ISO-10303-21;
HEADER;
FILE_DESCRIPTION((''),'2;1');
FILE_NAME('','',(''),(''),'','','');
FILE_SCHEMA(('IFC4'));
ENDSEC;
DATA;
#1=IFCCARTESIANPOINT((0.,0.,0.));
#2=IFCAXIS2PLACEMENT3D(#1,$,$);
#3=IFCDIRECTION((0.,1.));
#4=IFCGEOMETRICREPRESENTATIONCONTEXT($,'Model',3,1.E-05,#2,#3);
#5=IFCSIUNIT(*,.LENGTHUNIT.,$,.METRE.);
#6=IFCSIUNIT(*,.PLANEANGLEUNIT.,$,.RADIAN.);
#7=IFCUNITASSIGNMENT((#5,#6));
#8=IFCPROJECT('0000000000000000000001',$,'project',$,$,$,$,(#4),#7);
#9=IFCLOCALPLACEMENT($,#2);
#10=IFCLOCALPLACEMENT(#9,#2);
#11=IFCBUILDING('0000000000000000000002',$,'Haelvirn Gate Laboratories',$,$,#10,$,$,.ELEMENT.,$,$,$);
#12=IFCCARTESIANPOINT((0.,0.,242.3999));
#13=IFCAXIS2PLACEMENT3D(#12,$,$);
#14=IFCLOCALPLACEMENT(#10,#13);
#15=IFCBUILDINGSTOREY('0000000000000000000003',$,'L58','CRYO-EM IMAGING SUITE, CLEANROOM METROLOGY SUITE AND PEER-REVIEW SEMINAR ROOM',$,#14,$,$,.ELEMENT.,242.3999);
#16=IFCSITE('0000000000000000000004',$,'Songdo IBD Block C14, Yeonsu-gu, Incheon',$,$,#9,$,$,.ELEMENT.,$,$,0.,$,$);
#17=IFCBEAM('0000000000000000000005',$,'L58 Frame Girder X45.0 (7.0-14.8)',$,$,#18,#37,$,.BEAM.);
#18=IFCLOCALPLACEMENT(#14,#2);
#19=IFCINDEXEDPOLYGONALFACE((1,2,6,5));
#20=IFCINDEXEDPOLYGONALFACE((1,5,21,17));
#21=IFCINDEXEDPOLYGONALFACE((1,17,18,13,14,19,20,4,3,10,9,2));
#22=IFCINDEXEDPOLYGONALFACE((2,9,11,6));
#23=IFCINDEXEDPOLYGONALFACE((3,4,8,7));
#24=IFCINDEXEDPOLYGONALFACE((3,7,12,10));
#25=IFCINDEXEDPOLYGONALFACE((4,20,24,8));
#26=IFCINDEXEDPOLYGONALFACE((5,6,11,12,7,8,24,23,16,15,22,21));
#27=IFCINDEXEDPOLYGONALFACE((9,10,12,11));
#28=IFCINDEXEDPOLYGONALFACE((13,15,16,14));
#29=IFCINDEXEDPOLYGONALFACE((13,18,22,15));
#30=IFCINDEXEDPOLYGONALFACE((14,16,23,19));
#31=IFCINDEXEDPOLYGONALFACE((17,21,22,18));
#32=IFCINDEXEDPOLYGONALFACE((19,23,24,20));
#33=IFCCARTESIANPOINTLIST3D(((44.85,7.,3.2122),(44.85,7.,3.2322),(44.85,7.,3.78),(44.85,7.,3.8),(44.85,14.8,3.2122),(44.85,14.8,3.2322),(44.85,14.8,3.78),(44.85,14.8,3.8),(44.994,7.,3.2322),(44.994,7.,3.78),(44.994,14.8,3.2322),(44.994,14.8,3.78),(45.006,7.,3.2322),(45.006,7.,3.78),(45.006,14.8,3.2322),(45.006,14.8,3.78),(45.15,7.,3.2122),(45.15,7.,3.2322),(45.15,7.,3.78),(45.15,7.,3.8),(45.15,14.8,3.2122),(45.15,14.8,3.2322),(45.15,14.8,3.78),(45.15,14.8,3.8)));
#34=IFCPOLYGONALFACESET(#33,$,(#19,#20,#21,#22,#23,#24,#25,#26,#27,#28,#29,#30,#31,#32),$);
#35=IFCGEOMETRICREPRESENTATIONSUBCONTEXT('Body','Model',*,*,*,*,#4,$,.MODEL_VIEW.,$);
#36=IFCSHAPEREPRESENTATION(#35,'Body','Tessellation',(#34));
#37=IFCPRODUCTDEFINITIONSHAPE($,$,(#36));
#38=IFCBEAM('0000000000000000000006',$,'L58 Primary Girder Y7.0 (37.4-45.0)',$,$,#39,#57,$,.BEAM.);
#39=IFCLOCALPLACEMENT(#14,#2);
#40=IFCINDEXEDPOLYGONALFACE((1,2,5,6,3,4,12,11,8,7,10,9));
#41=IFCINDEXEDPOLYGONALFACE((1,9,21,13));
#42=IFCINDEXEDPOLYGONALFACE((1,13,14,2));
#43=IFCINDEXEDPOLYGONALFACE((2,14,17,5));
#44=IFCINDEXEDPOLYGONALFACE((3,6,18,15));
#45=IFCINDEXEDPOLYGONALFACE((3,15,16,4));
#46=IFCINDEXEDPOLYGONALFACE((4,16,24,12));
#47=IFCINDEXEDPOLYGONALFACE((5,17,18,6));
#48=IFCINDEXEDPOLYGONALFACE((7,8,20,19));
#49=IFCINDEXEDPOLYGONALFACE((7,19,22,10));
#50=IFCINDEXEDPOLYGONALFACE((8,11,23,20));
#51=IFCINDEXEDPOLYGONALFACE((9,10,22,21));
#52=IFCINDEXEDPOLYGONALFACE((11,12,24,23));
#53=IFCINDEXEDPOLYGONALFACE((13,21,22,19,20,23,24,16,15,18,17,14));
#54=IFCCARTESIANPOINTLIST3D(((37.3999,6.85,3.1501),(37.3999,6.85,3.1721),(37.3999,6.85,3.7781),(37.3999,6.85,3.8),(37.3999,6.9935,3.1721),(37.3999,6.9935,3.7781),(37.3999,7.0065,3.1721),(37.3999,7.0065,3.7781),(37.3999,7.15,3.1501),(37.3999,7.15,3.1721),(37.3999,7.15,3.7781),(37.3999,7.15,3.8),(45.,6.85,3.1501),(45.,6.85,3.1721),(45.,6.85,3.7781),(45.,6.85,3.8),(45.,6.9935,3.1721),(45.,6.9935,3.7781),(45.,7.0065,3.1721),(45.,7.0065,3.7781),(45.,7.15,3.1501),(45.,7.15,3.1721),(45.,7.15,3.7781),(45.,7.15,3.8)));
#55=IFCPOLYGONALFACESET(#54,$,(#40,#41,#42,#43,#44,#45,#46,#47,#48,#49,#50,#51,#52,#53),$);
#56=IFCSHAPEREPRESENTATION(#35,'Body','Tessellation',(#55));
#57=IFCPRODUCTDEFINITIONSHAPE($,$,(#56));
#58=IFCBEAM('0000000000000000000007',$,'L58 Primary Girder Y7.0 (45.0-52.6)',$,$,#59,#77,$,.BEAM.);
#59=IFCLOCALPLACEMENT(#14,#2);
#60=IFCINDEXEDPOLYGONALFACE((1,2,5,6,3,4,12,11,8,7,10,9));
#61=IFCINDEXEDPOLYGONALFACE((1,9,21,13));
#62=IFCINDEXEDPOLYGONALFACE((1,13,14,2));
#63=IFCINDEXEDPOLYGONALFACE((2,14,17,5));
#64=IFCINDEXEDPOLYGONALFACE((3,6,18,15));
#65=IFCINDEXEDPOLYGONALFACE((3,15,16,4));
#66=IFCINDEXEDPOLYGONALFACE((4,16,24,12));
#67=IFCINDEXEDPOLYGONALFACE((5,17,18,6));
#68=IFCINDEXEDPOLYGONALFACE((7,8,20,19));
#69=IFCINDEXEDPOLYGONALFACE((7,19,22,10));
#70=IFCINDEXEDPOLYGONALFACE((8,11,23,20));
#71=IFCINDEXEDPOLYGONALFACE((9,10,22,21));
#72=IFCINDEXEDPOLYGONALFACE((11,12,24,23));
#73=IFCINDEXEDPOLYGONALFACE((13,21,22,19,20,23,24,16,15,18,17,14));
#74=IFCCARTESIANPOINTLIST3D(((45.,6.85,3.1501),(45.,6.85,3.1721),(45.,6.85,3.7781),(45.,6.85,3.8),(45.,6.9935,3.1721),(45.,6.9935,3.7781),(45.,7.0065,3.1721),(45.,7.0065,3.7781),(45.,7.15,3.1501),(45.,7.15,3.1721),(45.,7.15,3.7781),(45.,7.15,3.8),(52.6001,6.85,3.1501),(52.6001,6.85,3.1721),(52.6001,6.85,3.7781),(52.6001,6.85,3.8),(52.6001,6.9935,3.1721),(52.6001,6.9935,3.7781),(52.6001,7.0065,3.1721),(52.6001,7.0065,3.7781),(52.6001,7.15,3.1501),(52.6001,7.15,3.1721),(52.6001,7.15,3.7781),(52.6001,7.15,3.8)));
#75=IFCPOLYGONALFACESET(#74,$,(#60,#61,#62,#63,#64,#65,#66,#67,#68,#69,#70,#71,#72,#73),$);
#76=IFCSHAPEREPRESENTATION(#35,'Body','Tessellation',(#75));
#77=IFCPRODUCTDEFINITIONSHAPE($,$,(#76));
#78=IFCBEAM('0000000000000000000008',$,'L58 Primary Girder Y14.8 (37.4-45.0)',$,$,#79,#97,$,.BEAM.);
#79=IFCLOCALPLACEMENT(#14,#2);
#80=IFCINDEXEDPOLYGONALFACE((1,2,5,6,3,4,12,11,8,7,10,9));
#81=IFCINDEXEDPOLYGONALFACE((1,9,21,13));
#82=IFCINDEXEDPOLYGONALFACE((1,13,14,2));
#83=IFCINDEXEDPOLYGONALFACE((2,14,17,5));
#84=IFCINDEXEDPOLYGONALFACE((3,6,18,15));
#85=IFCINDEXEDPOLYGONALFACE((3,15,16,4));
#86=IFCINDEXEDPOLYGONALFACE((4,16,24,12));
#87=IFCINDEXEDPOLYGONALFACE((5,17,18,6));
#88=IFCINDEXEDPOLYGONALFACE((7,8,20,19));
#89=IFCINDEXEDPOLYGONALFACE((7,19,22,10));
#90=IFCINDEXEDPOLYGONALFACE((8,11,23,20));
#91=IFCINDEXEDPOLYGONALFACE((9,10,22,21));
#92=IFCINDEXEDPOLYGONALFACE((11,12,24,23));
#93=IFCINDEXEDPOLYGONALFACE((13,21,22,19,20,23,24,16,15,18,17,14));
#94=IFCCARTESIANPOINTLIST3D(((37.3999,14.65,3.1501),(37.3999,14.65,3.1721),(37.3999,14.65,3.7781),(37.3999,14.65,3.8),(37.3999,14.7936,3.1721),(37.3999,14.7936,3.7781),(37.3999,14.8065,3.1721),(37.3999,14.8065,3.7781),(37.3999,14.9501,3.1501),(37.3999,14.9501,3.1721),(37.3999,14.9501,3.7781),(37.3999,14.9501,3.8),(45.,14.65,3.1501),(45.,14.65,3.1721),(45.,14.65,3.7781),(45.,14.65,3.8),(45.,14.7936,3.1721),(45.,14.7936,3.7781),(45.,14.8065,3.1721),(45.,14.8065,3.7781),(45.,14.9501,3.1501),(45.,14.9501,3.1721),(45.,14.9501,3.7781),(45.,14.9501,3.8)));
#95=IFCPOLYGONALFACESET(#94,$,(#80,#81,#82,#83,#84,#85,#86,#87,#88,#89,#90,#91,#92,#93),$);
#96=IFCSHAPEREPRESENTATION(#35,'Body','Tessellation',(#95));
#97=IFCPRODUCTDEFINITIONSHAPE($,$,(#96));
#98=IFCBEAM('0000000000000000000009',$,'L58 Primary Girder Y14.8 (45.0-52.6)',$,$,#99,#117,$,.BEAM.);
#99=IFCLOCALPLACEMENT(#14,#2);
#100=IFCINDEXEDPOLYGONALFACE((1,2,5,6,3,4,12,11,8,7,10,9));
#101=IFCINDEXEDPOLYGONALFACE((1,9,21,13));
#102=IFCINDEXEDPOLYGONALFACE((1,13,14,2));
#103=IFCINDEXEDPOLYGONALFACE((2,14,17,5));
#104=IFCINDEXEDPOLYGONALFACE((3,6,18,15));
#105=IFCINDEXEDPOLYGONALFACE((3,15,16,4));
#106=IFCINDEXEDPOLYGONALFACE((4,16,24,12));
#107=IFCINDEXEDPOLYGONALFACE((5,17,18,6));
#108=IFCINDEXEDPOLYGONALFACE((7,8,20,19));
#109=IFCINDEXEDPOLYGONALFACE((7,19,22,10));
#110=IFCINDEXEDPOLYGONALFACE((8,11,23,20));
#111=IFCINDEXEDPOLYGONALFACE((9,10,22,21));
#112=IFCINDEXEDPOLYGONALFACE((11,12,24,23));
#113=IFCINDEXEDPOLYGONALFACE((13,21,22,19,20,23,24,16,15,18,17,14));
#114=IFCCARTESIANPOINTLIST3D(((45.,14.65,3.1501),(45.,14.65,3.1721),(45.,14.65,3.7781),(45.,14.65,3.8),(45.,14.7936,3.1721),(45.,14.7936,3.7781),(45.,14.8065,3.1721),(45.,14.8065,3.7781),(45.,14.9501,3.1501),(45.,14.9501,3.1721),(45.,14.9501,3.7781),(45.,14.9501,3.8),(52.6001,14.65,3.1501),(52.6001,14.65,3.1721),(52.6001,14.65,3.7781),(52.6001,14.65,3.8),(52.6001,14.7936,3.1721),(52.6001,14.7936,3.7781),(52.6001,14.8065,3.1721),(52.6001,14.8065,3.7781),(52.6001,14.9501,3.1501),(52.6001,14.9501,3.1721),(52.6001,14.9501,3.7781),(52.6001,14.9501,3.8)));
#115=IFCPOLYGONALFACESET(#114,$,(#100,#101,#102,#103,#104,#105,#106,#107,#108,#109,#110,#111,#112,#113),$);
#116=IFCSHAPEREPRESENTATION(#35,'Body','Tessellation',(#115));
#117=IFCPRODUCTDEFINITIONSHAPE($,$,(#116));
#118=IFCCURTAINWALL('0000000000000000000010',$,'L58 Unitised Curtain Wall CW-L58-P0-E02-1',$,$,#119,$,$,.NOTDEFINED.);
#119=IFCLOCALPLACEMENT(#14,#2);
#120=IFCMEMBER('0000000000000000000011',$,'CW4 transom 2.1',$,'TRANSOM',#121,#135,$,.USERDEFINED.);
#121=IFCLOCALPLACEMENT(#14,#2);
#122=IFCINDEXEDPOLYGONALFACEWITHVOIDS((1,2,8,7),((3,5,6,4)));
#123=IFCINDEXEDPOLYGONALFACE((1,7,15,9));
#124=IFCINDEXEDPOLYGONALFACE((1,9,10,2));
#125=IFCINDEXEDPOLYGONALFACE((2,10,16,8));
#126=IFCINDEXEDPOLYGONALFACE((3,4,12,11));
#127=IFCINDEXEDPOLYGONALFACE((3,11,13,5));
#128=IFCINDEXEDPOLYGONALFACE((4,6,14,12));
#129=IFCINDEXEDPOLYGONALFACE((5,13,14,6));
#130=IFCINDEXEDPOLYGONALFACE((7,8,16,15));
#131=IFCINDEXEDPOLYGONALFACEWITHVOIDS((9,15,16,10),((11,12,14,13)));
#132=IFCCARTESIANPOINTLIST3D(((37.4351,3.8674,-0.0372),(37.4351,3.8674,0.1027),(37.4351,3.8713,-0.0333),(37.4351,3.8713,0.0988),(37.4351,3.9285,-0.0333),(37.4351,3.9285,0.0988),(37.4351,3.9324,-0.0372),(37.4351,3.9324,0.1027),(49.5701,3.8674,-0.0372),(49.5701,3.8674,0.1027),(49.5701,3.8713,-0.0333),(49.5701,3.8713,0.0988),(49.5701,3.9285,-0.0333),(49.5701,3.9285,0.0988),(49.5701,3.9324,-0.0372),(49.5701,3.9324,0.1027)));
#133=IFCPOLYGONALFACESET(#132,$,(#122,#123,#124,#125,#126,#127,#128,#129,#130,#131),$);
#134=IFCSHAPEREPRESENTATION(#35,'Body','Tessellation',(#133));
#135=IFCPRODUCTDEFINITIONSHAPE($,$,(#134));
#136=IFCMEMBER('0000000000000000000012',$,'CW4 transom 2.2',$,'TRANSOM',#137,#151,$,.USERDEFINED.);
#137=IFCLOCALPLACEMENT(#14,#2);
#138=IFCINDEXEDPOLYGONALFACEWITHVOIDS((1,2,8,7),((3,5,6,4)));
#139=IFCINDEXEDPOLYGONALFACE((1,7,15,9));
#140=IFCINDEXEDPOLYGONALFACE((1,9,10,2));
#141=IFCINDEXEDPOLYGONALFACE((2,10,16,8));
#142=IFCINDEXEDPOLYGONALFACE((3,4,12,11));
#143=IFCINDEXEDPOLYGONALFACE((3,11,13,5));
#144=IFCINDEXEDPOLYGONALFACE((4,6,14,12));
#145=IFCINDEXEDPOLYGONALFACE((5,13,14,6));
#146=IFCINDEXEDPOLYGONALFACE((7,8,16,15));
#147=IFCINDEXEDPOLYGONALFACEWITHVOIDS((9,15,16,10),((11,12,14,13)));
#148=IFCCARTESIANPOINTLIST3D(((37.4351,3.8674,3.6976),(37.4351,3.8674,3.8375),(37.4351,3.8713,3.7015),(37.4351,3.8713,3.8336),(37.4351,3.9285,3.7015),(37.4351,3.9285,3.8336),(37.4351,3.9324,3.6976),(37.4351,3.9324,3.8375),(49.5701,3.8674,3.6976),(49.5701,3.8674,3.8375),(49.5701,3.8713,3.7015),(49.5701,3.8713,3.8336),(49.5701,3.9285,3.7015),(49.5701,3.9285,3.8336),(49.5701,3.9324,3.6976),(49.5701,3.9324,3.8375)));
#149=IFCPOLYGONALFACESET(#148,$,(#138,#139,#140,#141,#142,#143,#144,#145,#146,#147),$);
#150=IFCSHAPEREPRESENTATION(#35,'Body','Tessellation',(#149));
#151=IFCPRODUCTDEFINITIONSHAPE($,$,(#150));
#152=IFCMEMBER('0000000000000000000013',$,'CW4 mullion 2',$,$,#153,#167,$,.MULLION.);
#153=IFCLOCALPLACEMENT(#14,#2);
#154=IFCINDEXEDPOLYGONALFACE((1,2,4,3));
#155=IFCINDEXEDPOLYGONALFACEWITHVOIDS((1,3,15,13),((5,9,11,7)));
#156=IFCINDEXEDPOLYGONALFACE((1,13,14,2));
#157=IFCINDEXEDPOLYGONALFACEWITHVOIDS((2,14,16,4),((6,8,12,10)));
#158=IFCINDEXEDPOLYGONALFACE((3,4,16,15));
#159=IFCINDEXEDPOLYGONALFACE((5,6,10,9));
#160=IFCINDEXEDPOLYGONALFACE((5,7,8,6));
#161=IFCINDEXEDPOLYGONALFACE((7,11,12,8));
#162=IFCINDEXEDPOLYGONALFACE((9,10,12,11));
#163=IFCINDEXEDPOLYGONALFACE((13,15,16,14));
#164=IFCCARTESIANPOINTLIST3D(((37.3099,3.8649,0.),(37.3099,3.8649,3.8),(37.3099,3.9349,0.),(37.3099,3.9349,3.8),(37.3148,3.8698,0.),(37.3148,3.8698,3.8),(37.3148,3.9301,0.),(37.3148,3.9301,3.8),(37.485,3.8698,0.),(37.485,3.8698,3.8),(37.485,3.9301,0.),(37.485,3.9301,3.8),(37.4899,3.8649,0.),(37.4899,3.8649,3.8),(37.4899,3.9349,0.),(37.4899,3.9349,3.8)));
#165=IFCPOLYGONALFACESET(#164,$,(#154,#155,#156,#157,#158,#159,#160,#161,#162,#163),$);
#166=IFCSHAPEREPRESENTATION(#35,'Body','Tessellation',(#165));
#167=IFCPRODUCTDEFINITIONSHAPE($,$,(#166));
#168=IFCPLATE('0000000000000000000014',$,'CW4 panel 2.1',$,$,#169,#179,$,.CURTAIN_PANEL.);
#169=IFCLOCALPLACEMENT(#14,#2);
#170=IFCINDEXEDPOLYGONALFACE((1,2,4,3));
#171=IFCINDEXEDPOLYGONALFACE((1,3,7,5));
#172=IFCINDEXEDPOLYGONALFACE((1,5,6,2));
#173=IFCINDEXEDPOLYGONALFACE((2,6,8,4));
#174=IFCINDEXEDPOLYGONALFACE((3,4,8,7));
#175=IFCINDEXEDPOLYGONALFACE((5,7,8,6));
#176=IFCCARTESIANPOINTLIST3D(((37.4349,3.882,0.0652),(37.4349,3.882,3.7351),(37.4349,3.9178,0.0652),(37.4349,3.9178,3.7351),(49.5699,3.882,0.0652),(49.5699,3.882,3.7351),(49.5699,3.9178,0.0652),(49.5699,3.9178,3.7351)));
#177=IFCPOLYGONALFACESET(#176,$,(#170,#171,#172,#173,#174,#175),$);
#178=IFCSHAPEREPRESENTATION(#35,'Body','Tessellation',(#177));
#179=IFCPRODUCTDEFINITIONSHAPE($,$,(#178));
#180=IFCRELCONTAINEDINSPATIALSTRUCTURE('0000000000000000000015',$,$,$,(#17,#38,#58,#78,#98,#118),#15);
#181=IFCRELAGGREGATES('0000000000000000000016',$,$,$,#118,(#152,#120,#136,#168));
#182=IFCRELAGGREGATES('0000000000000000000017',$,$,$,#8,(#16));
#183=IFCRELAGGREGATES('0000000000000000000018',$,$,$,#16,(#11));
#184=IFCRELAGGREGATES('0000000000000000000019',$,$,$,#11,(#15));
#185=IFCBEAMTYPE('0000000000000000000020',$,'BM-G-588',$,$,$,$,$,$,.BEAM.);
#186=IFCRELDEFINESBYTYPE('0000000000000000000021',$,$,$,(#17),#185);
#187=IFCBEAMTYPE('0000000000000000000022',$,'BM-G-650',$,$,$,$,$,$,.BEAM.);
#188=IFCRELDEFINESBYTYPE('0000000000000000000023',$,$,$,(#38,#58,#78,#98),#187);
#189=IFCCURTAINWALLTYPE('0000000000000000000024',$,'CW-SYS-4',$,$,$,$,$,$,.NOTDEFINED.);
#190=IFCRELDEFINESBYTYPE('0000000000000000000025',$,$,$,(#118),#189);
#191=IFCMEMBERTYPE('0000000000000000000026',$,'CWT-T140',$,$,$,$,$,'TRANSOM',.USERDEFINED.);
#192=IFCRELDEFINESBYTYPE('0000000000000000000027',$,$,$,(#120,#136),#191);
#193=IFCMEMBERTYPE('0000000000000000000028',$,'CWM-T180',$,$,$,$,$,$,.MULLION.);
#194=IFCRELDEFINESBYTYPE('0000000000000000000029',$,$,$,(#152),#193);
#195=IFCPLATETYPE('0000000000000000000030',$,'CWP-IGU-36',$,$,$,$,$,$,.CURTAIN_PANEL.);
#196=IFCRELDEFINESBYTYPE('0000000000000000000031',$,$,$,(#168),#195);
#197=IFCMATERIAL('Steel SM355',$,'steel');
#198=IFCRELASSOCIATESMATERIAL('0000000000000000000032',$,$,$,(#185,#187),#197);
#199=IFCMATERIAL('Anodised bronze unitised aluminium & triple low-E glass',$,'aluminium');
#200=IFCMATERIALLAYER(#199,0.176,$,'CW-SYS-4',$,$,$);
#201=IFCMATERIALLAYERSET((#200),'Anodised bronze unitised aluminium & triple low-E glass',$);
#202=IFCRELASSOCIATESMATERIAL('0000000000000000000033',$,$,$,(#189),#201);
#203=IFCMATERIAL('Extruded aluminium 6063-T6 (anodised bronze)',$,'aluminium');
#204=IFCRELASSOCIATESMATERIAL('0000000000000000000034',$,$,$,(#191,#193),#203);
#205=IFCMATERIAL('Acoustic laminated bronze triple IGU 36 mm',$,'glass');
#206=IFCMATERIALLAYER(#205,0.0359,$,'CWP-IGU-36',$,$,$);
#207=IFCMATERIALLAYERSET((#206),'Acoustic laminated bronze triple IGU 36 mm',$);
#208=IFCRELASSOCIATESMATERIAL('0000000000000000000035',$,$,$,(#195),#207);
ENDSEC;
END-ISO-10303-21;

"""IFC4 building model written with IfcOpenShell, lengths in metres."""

from ifc_helpers import new_model, si_unit, direction, frame, origin, origin_2d, place, context, subcontext, project, spatial, rectangle, hollow_rectangle, i_section, extrude, source, transform, mapped, material, layer, layer_set, material_profile, profile_set, type_object, type_shapes, element, aggregate, save


model = new_model("IFC4")

# Units and contexts
model_context = context("Model", 3, precision=1e-05, world=origin(), true_north=direction((0.0, 1.0)))
body_context = subcontext(model_context, "Body", "Model", "MODEL_VIEW")
ifc_project = project(units=[si_unit("LENGTHUNIT", "METRE"), si_unit("PLANEANGLEUNIT", "RADIAN")], contexts=[model_context])

# Site, building, storey
site_placement = place(None, origin())
site = spatial("IfcSite", under=ifc_project, at=site_placement, Name="Songdo IBD Block C14, Yeonsu-gu, Incheon", CompositionType="ELEMENT", RefElevation=0.0)
building_placement = place(site_placement, origin())
building = spatial("IfcBuilding", under=site, at=building_placement, Name="Haelvirn Gate Laboratories", CompositionType="ELEMENT")
storey_placement = place(building_placement, frame((0.0, 0.0, 242.3999)))
storey = spatial("IfcBuildingStorey", under=building, at=storey_placement, Name="L58", Description="CRYO-EM IMAGING SUITE, CLEANROOM METROLOGY SUITE AND PEER-REVIEW SEMINAR ROOM", CompositionType="ELEMENT", Elevation=242.3999)

# Shared definitions
ifc_material_1 = material(Name="Steel SM355", Category="steel")

# Beams
ifc_material_profile_1 = material_profile(ifc_material_1, i_section(OverallWidth=0.3, OverallDepth=0.5879, WebThickness=0.012, FlangeThickness=0.02, at=origin_2d()), Name="H-588x300x12x20")
ifc_profile_set_1 = profile_set([ifc_material_profile_1], Name="Steel SM355")
beam_type_1 = type_object("IfcBeamType", Name="BM-G-588", PredefinedType="BEAM", material=ifc_profile_set_1)
shared_shape_1 = source(origin(), body_context, "Body", "SweptSolid", [
    extrude(i_section(OverallWidth=0.3, OverallDepth=0.5879, WebThickness=0.012, FlangeThickness=0.02, at=origin_2d()), origin(), (0.0, 0.0, 1.0), 7.8),
])
type_shapes(beam_type_1, [shared_shape_1])
for number, where, z_axis, x_axis, name in (
    (1, (45.0, 7.0, 3.5061), (0.0, 1.0, 0.0), (-1.0, 0.0, 0.0), "L58 Frame Girder X45.0 (7.0-14.8)"),
):
    element("IfcBeam", number, at=place(storey_placement, frame(where, z_axis=z_axis, x_axis=x_axis)), inside=storey, type_object=beam_type_1, Name=name, PredefinedType="BEAM", context=body_context, shape_type="MappedRepresentation", body=[
        mapped(shared_shape_1, transform((0.0, 0.0, 0.0), scale=1.0)),
    ])
ifc_material_profile_2 = material_profile(ifc_material_1, i_section(OverallWidth=0.3, OverallDepth=0.6499, WebThickness=0.0129, FlangeThickness=0.022, at=origin_2d()), Name="H-650x300x13x22")
ifc_profile_set_2 = profile_set([ifc_material_profile_2], Name="Steel SM355")
beam_type_2 = type_object("IfcBeamType", Name="BM-G-650", PredefinedType="BEAM", material=ifc_profile_set_2)
shared_shape_2 = source(origin(), body_context, "Body", "SweptSolid", [
    extrude(i_section(OverallWidth=0.3, OverallDepth=0.6499, WebThickness=0.0129, FlangeThickness=0.022, at=origin_2d()), origin(), (0.0, 0.0, 1.0), 7.6001),
])
type_shapes(beam_type_2, [shared_shape_2])
for number, where, z_axis, x_axis, name in (
    (2, (37.3999, 7.0, 3.4751), (1.0, 0.0, 0.0), (0.0, 1.0, 0.0), "L58 Primary Girder Y7.0 (37.4-45.0)"),
    (3, (45.0, 7.0, 3.4751), (1.0, 0.0, 0.0), (0.0, 1.0, 0.0), "L58 Primary Girder Y7.0 (45.0-52.6)"),
    (4, (37.3999, 14.8, 3.4751), (1.0, 0.0, 0.0), (0.0, 1.0, 0.0), "L58 Primary Girder Y14.8 (37.4-45.0)"),
    (5, (45.0, 14.8, 3.4751), (1.0, 0.0, 0.0), (0.0, 1.0, 0.0), "L58 Primary Girder Y14.8 (45.0-52.6)"),
):
    element("IfcBeam", number, at=place(storey_placement, frame(where, z_axis=z_axis, x_axis=x_axis)), inside=storey, type_object=beam_type_2, Name=name, PredefinedType="BEAM", context=body_context, shape_type="MappedRepresentation", body=[
        mapped(shared_shape_2, transform((0.0, 0.0, 0.0), scale=1.0)),
    ])

# Curtain wall, members, plate
ifc_material_2 = material(Name="Anodised bronze unitised aluminium & triple low-E glass", Category="aluminium")
ifc_layer_1 = layer(ifc_material_2, 0.176, Name="CW-SYS-4")
ifc_layer_set_1 = layer_set([ifc_layer_1], Name="Anodised bronze unitised aluminium & triple low-E glass")
curtain_wall_type = type_object("IfcCurtainWallType", Name="CW-SYS-4", PredefinedType="NOTDEFINED", material=ifc_layer_set_1)
curtain_wall_placement = place(storey_placement, origin())
curtain_wall = element("IfcCurtainWall", 6, at=curtain_wall_placement, inside=storey, type_object=curtain_wall_type, Name="L58 Unitised Curtain Wall CW-L58-P0-E02-1", PredefinedType="NOTDEFINED")
ifc_material_3 = material(Name="Extruded aluminium 6063-T6 (anodised bronze)", Category="aluminium")
ifc_material_profile_3 = material_profile(ifc_material_3, hollow_rectangle(XDim=0.0649, YDim=0.1399, WallThickness=0.0039, at=origin_2d()), Name="CWT-140x65x4")
ifc_profile_set_3 = profile_set([ifc_material_profile_3], Name="Extruded aluminium 6063-T6 (anodised bronze)")
member_type_1 = type_object("IfcMemberType", Name="CWT-T140", ElementType="TRANSOM", PredefinedType="USERDEFINED", material=ifc_profile_set_3)
shared_shape_3 = source(origin(), body_context, "Body", "SweptSolid", [
    extrude(hollow_rectangle(XDim=0.0649, YDim=0.1399, WallThickness=0.0039, at=origin_2d()), origin(), (0.0, 0.0, 1.0), 12.135),
])
type_shapes(member_type_1, [shared_shape_3])
member_1_placement = place(storey_placement, frame((37.4351, 3.8999, 0.0327), z_axis=(1.0, 0.0, 0.0), x_axis=(0.0, 1.0, 0.0)))
member_1 = element("IfcMember", 7, at=member_1_placement, type_object=member_type_1, Name="CW4 transom 2.1", ObjectType="TRANSOM", PredefinedType="USERDEFINED", context=body_context, shape_type="MappedRepresentation", body=[
    mapped(shared_shape_3, transform((0.0, 0.0, 0.0), scale=1.0)),
])
member_2_placement = place(storey_placement, frame((37.4351, 3.8999, 3.7676), z_axis=(1.0, 0.0, 0.0), x_axis=(0.0, 1.0, 0.0)))
member_2 = element("IfcMember", 8, at=member_2_placement, type_object=member_type_1, Name="CW4 transom 2.2", ObjectType="TRANSOM", PredefinedType="USERDEFINED", context=body_context, shape_type="MappedRepresentation", body=[
    mapped(shared_shape_3, transform((0.0, 0.0, 0.0), scale=1.0)),
])
ifc_material_profile_4 = material_profile(ifc_material_3, hollow_rectangle(XDim=0.0701, YDim=0.1799, WallThickness=0.0049, at=origin_2d()), Name="CWM-180x70x5")
ifc_profile_set_4 = profile_set([ifc_material_profile_4], Name="Extruded aluminium 6063-T6 (anodised bronze)")
member_type_2 = type_object("IfcMemberType", Name="CWM-T180", PredefinedType="MULLION", material=ifc_profile_set_4)
shared_shape_4 = source(origin(), body_context, "Body", "SweptSolid", [
    extrude(hollow_rectangle(XDim=0.0701, YDim=0.1799, WallThickness=0.0049, at=origin_2d()), origin(), (0.0, 0.0, 1.0), 3.8),
])
type_shapes(member_type_2, [shared_shape_4])
member_3_placement = place(storey_placement, frame((37.3999, 3.8999, 0.0), z_axis=(0.0, 0.0, 1.0), x_axis=(0.0, 1.0, 0.0)))
member_3 = element("IfcMember", 9, at=member_3_placement, type_object=member_type_2, Name="CW4 mullion 2", PredefinedType="MULLION", context=body_context, shape_type="MappedRepresentation", body=[
    mapped(shared_shape_4, transform((0.0, 0.0, 0.0), scale=1.0)),
])
ifc_material_4 = material(Name="Acoustic laminated bronze triple IGU 36 mm", Category="glass")
ifc_layer_2 = layer(ifc_material_4, 0.0359, Name="CWP-IGU-36")
ifc_layer_set_2 = layer_set([ifc_layer_2], Name="Acoustic laminated bronze triple IGU 36 mm")
plate_type = type_object("IfcPlateType", Name="CWP-IGU-36", PredefinedType="CURTAIN_PANEL", material=ifc_layer_set_2)
shared_shape_5 = source(origin(), body_context, "Body", "SweptSolid", [
    extrude(rectangle(XDim=12.135, YDim=0.0359, at=origin_2d()), origin(), (0.0, 0.0, 1.0), 3.6699),
])
type_shapes(plate_type, [shared_shape_5])
plate_placement = place(storey_placement, frame((43.5024, 3.8999, 0.0652), z_axis=(0.0, 0.0, 1.0), x_axis=(1.0, 0.0, 0.0)))
plate = element("IfcPlate", 10, at=plate_placement, type_object=plate_type, Name="CW4 panel 2.1", PredefinedType="CURTAIN_PANEL", context=body_context, shape_type="MappedRepresentation", body=[
    mapped(shared_shape_5, transform((0.0, 0.0, 0.0), scale=1.0)),
])
aggregate(curtain_wall, [member_3, member_1, member_2, plate])

save(model, "model.ifc")
